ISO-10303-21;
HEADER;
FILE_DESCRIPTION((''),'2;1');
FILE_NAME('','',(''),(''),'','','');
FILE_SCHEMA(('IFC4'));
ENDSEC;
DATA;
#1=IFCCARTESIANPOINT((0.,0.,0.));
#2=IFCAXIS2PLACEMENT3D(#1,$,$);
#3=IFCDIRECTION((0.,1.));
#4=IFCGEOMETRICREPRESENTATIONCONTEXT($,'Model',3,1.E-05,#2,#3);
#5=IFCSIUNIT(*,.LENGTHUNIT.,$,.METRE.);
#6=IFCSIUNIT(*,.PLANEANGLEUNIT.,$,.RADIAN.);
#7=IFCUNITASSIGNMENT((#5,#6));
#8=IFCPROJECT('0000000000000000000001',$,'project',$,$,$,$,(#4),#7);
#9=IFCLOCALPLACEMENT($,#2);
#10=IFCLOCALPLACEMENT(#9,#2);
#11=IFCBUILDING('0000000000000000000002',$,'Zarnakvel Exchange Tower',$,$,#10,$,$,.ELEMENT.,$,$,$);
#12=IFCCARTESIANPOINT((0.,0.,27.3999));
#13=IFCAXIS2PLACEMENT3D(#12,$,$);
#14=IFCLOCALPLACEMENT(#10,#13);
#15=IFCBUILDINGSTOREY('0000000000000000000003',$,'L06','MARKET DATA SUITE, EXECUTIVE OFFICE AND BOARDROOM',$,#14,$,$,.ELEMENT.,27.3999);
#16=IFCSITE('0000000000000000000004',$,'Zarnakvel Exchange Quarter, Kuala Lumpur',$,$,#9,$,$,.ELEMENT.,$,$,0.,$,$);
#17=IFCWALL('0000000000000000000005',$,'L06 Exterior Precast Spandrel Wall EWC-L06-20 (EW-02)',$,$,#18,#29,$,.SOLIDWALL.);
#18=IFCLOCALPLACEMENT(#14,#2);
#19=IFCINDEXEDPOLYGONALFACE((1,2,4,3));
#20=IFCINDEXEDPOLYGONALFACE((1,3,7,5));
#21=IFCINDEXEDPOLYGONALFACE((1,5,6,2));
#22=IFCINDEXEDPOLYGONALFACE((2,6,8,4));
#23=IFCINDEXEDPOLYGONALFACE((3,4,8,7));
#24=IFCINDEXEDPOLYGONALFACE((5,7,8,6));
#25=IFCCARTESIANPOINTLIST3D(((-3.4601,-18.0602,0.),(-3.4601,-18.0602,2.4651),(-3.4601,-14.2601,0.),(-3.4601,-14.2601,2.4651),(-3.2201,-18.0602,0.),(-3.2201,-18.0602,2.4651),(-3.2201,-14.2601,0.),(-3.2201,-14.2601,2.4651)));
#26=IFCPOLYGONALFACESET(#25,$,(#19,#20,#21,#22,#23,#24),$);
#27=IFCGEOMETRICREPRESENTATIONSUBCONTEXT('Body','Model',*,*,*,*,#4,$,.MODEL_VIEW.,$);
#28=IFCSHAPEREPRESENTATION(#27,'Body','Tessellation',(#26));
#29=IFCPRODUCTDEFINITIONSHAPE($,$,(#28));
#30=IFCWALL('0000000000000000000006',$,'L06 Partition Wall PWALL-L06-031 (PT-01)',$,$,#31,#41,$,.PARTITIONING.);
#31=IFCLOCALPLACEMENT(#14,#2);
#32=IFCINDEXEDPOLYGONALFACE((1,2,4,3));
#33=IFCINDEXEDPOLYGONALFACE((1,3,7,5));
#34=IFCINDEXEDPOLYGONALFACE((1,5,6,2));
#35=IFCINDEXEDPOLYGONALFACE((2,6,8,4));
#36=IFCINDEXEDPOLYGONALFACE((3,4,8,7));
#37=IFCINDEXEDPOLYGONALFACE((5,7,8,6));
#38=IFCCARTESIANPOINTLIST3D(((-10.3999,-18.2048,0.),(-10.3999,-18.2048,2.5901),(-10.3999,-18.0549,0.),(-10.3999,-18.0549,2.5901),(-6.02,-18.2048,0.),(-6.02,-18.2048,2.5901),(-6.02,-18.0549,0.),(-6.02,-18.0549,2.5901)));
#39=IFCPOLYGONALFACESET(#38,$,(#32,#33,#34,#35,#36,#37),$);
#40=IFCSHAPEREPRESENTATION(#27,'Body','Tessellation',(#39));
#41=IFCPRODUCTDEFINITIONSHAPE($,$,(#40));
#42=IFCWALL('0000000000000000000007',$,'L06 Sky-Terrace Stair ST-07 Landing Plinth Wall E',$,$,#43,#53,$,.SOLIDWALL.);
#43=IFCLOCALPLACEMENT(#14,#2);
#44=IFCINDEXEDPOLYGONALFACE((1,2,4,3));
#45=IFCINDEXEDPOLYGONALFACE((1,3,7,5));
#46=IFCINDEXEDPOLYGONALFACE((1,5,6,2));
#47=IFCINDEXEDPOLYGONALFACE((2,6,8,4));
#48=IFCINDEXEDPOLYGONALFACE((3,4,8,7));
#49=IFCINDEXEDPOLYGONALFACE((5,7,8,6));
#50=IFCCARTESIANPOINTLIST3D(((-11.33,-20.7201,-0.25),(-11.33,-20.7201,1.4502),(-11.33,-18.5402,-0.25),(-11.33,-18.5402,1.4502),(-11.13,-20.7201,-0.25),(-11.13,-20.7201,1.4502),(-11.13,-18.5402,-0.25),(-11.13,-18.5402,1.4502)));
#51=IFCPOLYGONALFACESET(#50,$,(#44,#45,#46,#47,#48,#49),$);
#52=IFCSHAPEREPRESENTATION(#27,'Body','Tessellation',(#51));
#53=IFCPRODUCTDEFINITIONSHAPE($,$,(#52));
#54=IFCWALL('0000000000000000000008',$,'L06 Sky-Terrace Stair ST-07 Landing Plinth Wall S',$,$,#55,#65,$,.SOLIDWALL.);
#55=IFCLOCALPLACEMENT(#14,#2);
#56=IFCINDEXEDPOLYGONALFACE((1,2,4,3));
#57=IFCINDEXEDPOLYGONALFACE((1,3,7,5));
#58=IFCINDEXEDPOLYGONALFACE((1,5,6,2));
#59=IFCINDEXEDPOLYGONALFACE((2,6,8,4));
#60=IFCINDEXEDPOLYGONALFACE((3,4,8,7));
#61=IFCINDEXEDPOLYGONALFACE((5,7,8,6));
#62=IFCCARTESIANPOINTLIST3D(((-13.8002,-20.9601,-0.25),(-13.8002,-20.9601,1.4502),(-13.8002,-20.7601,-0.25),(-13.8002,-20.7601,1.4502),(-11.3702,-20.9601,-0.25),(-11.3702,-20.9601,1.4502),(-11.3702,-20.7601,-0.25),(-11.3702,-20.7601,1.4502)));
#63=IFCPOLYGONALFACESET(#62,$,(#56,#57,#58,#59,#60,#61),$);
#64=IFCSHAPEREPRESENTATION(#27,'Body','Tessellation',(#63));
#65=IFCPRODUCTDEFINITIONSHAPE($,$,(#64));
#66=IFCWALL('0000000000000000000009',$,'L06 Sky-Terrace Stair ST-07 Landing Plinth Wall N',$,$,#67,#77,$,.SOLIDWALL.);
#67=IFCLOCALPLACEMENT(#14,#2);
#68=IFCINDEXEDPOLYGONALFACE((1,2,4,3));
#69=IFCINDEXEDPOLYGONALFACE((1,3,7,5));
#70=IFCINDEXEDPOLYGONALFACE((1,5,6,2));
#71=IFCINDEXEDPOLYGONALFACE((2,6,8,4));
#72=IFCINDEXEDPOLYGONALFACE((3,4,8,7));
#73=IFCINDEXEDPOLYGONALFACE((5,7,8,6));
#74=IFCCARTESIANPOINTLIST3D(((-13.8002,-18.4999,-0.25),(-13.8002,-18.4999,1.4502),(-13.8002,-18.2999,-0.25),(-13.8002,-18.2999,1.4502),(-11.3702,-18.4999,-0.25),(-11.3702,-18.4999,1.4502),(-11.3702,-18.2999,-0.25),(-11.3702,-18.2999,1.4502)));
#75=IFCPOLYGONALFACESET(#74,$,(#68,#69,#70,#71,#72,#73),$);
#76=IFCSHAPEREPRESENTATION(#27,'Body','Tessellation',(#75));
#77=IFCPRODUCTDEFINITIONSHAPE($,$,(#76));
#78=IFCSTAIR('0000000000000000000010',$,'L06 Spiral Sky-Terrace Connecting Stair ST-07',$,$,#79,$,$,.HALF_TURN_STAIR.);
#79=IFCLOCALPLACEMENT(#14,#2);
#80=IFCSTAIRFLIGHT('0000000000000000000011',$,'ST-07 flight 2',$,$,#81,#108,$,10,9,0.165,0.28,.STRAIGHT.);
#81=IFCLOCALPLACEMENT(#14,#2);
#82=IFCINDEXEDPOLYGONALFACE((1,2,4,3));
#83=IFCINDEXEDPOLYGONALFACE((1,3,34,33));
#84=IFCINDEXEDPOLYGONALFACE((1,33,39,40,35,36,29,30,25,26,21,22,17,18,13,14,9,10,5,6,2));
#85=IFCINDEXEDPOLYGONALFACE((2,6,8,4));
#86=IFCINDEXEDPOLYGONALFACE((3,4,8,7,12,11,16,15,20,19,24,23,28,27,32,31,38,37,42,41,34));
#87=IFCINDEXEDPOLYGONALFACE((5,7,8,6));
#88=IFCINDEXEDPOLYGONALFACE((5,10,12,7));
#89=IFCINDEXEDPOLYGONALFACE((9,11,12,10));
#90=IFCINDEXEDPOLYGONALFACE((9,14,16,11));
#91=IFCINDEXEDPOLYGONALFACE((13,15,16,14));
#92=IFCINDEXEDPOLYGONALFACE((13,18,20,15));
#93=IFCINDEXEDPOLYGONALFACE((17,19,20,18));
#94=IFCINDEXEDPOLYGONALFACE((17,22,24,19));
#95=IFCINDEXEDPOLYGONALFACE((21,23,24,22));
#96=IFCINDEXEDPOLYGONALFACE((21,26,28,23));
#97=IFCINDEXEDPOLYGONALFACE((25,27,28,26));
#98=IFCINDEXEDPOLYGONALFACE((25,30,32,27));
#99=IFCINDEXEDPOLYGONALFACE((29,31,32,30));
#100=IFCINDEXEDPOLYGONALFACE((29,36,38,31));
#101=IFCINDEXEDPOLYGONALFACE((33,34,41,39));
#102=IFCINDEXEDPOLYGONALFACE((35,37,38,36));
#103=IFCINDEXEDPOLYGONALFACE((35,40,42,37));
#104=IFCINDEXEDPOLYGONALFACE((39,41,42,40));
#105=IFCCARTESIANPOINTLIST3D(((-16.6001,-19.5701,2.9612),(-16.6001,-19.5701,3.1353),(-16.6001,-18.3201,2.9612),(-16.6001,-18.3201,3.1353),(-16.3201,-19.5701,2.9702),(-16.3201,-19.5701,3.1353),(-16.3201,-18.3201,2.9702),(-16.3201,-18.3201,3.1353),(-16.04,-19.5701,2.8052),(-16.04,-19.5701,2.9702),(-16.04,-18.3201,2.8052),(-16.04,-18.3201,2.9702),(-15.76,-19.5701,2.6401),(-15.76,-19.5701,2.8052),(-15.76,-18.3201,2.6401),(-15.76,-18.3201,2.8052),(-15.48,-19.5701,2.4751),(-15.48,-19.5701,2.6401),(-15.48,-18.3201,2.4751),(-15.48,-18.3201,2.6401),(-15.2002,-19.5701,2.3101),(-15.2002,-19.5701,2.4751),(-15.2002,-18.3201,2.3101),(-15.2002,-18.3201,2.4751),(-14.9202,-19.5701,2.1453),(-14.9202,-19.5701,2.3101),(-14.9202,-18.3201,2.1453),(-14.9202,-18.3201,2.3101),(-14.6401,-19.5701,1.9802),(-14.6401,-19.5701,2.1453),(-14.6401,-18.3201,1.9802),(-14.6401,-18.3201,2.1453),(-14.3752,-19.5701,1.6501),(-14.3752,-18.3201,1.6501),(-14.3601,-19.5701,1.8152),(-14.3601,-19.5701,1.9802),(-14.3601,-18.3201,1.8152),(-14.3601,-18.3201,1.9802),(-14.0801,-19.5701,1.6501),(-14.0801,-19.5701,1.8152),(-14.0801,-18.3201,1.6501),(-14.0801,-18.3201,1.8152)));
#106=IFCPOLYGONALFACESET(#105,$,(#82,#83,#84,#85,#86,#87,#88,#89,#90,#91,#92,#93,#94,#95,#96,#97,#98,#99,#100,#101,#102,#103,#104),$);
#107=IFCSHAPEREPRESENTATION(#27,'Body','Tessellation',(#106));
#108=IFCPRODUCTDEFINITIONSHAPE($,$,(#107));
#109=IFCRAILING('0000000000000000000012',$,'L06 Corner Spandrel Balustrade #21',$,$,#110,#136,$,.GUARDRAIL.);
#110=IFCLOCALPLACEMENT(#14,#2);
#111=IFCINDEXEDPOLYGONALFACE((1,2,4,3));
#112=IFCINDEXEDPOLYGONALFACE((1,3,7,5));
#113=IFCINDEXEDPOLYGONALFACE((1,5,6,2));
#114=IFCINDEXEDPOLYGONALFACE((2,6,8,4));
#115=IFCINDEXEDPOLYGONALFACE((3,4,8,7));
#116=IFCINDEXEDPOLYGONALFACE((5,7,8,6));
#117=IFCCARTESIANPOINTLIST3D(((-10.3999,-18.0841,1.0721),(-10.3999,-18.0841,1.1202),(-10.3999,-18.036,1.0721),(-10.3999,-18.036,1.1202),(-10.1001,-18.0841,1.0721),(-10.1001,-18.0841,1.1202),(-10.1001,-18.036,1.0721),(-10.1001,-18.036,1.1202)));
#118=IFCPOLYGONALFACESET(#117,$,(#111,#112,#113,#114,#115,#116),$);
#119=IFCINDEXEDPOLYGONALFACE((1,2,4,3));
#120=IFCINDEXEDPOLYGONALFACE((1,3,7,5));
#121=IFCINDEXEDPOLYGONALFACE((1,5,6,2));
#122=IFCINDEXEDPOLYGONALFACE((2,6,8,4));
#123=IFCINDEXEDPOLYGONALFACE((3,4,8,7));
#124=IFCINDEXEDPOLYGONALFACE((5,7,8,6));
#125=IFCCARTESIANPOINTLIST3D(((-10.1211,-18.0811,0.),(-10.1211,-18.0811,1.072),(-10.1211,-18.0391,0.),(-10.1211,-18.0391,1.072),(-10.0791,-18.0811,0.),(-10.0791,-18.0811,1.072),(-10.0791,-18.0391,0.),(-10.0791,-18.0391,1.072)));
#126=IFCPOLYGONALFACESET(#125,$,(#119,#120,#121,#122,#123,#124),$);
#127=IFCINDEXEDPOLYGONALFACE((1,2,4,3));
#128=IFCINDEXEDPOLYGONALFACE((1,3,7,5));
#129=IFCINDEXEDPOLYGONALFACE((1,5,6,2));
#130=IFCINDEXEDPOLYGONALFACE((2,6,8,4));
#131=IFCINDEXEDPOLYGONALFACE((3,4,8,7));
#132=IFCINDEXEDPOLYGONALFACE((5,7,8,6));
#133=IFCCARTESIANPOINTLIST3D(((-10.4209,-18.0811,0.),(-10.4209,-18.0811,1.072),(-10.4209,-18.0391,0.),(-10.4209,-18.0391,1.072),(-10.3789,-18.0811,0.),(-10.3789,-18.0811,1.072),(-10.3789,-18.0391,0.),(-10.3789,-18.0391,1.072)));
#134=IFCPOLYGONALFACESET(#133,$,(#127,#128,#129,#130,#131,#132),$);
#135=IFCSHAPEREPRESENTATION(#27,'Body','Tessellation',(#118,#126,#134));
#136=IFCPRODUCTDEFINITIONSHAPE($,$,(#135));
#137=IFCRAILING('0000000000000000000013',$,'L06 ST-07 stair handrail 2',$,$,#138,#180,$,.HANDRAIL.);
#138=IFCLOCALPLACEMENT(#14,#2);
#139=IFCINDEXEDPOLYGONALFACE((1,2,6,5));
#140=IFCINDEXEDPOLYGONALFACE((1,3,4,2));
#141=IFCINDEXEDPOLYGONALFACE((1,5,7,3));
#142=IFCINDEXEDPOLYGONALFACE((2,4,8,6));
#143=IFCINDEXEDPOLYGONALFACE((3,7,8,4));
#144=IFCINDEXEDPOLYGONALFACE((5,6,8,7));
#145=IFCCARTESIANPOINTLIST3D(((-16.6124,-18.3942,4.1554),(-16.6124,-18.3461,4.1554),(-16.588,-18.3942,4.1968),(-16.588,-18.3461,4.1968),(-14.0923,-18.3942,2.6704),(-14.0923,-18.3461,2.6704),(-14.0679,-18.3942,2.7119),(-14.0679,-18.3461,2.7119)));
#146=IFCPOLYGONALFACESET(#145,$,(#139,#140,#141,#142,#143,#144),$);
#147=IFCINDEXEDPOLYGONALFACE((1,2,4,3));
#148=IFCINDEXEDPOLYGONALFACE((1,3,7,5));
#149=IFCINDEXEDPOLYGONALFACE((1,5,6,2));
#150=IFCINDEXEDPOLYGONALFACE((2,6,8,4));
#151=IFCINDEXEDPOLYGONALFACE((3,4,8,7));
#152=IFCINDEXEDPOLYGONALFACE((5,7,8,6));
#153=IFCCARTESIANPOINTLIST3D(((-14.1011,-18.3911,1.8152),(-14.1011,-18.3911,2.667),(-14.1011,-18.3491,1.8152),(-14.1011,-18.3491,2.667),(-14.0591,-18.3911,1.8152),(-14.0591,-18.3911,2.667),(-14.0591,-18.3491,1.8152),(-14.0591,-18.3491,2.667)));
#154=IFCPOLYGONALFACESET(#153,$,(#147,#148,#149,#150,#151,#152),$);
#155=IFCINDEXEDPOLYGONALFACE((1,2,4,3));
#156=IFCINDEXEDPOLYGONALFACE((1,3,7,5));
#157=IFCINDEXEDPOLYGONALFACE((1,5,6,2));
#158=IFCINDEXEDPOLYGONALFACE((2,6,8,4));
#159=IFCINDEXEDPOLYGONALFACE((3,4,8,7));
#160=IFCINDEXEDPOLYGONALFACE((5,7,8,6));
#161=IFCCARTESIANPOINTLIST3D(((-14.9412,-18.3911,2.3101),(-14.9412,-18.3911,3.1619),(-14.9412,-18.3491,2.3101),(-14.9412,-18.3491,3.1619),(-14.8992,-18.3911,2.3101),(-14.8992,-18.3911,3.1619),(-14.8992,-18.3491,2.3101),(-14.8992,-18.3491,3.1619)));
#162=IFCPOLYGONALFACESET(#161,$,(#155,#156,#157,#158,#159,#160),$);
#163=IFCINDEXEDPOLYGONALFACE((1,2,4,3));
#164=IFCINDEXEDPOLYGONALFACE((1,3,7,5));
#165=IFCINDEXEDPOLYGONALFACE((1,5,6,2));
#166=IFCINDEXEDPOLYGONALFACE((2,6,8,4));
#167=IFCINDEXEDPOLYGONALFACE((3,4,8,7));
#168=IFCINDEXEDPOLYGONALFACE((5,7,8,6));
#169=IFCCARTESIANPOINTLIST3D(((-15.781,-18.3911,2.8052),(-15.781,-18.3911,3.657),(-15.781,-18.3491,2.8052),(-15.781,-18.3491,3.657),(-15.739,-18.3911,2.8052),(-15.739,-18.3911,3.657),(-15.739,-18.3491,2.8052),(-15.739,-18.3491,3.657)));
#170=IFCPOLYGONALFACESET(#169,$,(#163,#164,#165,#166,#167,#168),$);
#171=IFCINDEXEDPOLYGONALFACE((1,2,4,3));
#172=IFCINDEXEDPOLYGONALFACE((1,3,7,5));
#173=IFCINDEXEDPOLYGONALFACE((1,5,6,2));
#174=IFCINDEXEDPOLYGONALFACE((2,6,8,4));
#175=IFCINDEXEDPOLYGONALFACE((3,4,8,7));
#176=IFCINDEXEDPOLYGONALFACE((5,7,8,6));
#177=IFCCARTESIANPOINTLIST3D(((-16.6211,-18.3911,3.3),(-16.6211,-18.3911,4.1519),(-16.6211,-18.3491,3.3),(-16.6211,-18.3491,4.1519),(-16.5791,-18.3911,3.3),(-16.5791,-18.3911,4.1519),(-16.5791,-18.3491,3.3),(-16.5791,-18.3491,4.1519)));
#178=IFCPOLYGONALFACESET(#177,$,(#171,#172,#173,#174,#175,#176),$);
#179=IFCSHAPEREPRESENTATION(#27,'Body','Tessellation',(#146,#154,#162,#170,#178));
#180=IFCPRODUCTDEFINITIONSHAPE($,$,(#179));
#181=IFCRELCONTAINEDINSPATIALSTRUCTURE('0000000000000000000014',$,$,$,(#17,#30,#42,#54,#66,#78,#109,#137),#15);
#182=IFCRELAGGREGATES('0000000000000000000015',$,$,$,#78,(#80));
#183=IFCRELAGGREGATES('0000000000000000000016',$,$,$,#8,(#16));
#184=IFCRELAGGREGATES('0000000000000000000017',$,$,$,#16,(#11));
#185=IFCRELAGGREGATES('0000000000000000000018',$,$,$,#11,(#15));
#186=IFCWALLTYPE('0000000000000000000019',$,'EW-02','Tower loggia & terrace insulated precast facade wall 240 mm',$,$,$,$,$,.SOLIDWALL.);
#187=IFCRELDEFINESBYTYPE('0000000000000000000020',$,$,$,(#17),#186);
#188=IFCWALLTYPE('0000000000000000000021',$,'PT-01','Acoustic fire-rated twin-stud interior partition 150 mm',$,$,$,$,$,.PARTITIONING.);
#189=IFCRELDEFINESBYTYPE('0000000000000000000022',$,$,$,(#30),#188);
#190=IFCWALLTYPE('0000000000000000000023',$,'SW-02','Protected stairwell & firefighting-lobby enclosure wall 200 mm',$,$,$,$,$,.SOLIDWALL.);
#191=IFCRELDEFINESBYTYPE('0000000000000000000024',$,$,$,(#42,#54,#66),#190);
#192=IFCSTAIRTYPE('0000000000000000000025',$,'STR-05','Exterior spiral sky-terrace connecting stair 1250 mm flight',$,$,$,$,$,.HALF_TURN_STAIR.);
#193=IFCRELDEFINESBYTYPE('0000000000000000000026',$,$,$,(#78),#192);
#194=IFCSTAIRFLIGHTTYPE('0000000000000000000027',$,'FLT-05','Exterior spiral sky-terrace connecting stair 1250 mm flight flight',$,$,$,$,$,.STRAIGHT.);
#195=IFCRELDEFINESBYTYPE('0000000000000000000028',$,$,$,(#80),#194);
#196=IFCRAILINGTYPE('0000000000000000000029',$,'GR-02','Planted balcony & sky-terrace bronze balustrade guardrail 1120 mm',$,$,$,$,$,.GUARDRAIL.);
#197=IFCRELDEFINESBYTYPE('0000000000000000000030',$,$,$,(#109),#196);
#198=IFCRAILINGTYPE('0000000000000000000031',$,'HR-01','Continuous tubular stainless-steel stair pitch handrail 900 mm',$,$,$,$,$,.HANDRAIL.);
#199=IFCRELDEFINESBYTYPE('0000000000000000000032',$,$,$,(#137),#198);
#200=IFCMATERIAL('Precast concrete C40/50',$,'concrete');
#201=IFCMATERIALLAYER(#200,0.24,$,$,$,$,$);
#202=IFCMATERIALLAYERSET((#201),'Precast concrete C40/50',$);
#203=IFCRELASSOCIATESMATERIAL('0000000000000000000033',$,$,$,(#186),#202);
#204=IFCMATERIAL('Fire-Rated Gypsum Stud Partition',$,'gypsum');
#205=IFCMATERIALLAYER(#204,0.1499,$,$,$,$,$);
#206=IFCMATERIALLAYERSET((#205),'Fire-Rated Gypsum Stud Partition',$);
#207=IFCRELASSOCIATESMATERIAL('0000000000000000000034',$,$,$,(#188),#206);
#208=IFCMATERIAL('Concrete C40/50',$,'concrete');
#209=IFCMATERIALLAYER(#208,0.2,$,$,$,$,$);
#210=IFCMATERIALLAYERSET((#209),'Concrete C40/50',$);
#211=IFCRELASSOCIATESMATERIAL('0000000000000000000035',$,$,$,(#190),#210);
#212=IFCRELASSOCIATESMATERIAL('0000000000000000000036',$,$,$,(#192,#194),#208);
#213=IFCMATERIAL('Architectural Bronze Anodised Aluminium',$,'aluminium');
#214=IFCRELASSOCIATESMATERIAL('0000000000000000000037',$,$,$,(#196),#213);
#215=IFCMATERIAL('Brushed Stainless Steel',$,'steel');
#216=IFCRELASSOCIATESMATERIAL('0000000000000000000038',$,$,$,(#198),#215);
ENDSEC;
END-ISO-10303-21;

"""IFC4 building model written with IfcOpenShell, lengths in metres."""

from ifc_helpers import new_model, si_unit, direction, frame, frame_2d, origin, origin_2d, place, context, subcontext, project, spatial, polyline, rectangle, outline, extrude, material, layer, layer_set, type_object, element, aggregate, save


model = new_model("IFC4")

# Units and contexts
model_context = context("Model", 3, precision=1e-05, world=origin(), true_north=direction((0.0, 1.0)))
body_context = subcontext(model_context, "Body", "Model", "MODEL_VIEW")
ifc_project = project(units=[si_unit("LENGTHUNIT", "METRE"), si_unit("PLANEANGLEUNIT", "RADIAN")], contexts=[model_context])

# Site, building, storey
site_placement = place(None, origin())
site = spatial("IfcSite", under=ifc_project, at=site_placement, Name="Zarnakvel Exchange Quarter, Kuala Lumpur", CompositionType="ELEMENT", RefElevation=0.0)
building_placement = place(site_placement, origin())
building = spatial("IfcBuilding", under=site, at=building_placement, Name="Zarnakvel Exchange Tower", CompositionType="ELEMENT")
storey_placement = place(building_placement, frame((0.0, 0.0, 27.3999)))
storey = spatial("IfcBuildingStorey", under=building, at=storey_placement, Name="L06", Description="MARKET DATA SUITE, EXECUTIVE OFFICE AND BOARDROOM", CompositionType="ELEMENT", Elevation=27.3999)

# Shared definitions
ifc_material_1 = material(Name="Architectural Bronze Anodised Aluminium", Category="aluminium")

# Shared definitions
ifc_material_2 = material(Name="Precast concrete C40/50", Category="concrete")
ifc_layer_1 = layer(ifc_material_2, 0.24)
ifc_layer_set_1 = layer_set([ifc_layer_1], Name="Precast concrete C40/50")
wall_type_1 = type_object("IfcWallType", Name="EW-02", Description="Tower loggia & terrace insulated precast facade wall 240 mm", PredefinedType="SOLIDWALL", material=ifc_layer_set_1)

# Walls
wall_1_placement = place(storey_placement, frame((-3.3401, -18.0601, 0.0), z_axis=(0.0, 0.0, 1.0), x_axis=(0.0, 1.0, 0.0)))
element("IfcWall", 1, at=wall_1_placement, inside=storey, type_object=wall_type_1, Name="L06 Exterior Precast Spandrel Wall EWC-L06-20 (EW-02)", PredefinedType="SOLIDWALL", context=body_context, shape_type="SweptSolid", body=[
    extrude(rectangle(XDim=3.8, YDim=0.24, at=frame_2d((1.8999, 0.0))), origin(), (0.0, 0.0, 1.0), 2.4651),
])
ifc_material_3 = material(Name="Fire-Rated Gypsum Stud Partition", Category="gypsum")
ifc_layer_2 = layer(ifc_material_3, 0.1499)
ifc_layer_set_2 = layer_set([ifc_layer_2], Name="Fire-Rated Gypsum Stud Partition")
wall_type_2 = type_object("IfcWallType", Name="PT-01", Description="Acoustic fire-rated twin-stud interior partition 150 mm", PredefinedType="PARTITIONING", material=ifc_layer_set_2)
wall_2_placement = place(storey_placement, frame((-6.02, -18.1299, 0.0), z_axis=(0.0, 0.0, 1.0), x_axis=(-1.0, 0.0, 0.0)))
element("IfcWall", 2, at=wall_2_placement, inside=storey, type_object=wall_type_2, Name="L06 Partition Wall PWALL-L06-031 (PT-01)", PredefinedType="PARTITIONING", context=body_context, shape_type="SweptSolid", body=[
    extrude(rectangle(XDim=4.3799, YDim=0.1499, at=frame_2d((2.1899, 0.0))), origin(), (0.0, 0.0, 1.0), 2.5901),
])
ifc_material_4 = material(Name="Concrete C40/50", Category="concrete")
ifc_layer_3 = layer(ifc_material_4, 0.2)
ifc_layer_set_3 = layer_set([ifc_layer_3], Name="Concrete C40/50")
wall_type_3 = type_object("IfcWallType", Name="SW-02", Description="Protected stairwell & firefighting-lobby enclosure wall 200 mm", PredefinedType="SOLIDWALL", material=ifc_layer_set_3)
wall_3_placement = place(storey_placement, frame((-11.23, -20.72, -0.25), z_axis=(0.0, 0.0, 1.0), x_axis=(0.0, 1.0, 0.0)))
element("IfcWall", 3, at=wall_3_placement, inside=storey, type_object=wall_type_3, Name="L06 Sky-Terrace Stair ST-07 Landing Plinth Wall E", PredefinedType="SOLIDWALL", context=body_context, shape_type="SweptSolid", body=[
    extrude(rectangle(XDim=2.1799, YDim=0.2, at=frame_2d((1.0898, 0.0))), origin(), (0.0, 0.0, 1.0), 1.7002),
])
for number, where, z_axis, x_axis, name in (
    (4, (-13.8, -20.8601, -0.25), (0.0, 0.0, 1.0), (1.0, 0.0, 0.0), "L06 Sky-Terrace Stair ST-07 Landing Plinth Wall S"),
    (5, (-13.8, -18.3999, -0.25), (0.0, 0.0, 1.0), (1.0, 0.0, 0.0), "L06 Sky-Terrace Stair ST-07 Landing Plinth Wall N"),
):
    element("IfcWall", number, at=place(storey_placement, frame(where, z_axis=z_axis, x_axis=x_axis)), inside=storey, type_object=wall_type_3, Name=name, PredefinedType="SOLIDWALL", context=body_context, shape_type="SweptSolid", body=[
        extrude(rectangle(XDim=2.4299, YDim=0.2, at=frame_2d((1.2148, 0.0))), origin(), (0.0, 0.0, 1.0), 1.7002),
    ])

# Stair, stair flight
stair_type = type_object("IfcStairType", Name="STR-05", Description="Exterior spiral sky-terrace connecting stair 1250 mm flight", PredefinedType="HALF_TURN_STAIR", material=ifc_material_4)
stair_placement = place(storey_placement, origin())
stair = element("IfcStair", 6, at=stair_placement, inside=storey, type_object=stair_type, Name="L06 Spiral Sky-Terrace Connecting Stair ST-07", PredefinedType="HALF_TURN_STAIR")
stair_flight_type = type_object("IfcStairFlightType", Name="FLT-05", Description="Exterior spiral sky-terrace connecting stair 1250 mm flight flight", PredefinedType="STRAIGHT", material=ifc_material_4)
stair_flight_placement = place(storey_placement, frame((-14.0801, -18.9451, 1.6501), z_axis=(0.0, 0.0, 1.0), x_axis=(-1.0, 0.0, 0.0)))
stair_flight = element("IfcStairFlight", 7, at=stair_flight_placement, type_object=stair_flight_type, Name="ST-07 flight 2", NumberOfRisers=10, NumberOfTreads=9, PredefinedType="STRAIGHT", RiserHeight=0.165, TreadLength=0.28, context=body_context, shape_type="SweptSolid", body=[
    extrude(outline(polyline([(0.0, 0.0), (0.0, 0.165), (0.28, 0.165), (0.28, 0.3301), (0.5601, 0.3301), (0.5601, 0.4951), (0.8401, 0.4951), (0.8401, 0.6599), (1.1201, 0.6599), (1.1201, 0.825), (1.3999, 0.825), (1.3999, 0.99), (1.6799, 0.99), (1.6799, 1.155), (1.96, 1.155), (1.96, 1.3201), (2.24, 1.3201), (2.24, 1.4851), (2.52, 1.4851), (2.52, 1.6499), (2.52, 1.311), (0.2952, 0.0), (0.0, 0.0)])), frame((0.0, 0.625, 0.0), z_axis=(0.0, -1.0, 0.0), x_axis=(1.0, 0.0, 0.0)), (0.0, 0.0, 1.0), 1.25),
])
aggregate(stair, [stair_flight])

# Railings
railing_type_1 = type_object("IfcRailingType", Name="GR-02", Description="Planted balcony & sky-terrace bronze balustrade guardrail 1120 mm", PredefinedType="GUARDRAIL", material=ifc_material_1)
railing_1_placement = place(storey_placement, frame((-10.1001, -18.0601, 0.0)))
element("IfcRailing", 8, at=railing_1_placement, inside=storey, type_object=railing_type_1, Name="L06 Corner Spandrel Balustrade #21", PredefinedType="GUARDRAIL", context=body_context, shape_type="SweptSolid", body=[
    extrude(rectangle(XDim=0.0481, YDim=0.0481, at=origin_2d()), frame((0.0, 0.0, 1.0962), z_axis=(-1.0, 0.0, 0.0), x_axis=(0.0, -1.0, 0.0)), (0.0, 0.0, 1.0), 0.2998),
    extrude(rectangle(XDim=0.042, YDim=0.042, at=origin_2d()), origin(), (0.0, 0.0, 1.0), 1.072),
    extrude(rectangle(XDim=0.042, YDim=0.042, at=origin_2d()), frame((-0.2998, 0.0, 0.0)), (0.0, 0.0, 1.0), 1.072),
])
ifc_material_5 = material(Name="Brushed Stainless Steel", Category="steel")
railing_type_2 = type_object("IfcRailingType", Name="HR-01", Description="Continuous tubular stainless-steel stair pitch handrail 900 mm", PredefinedType="HANDRAIL", material=ifc_material_5)
railing_2_placement = place(storey_placement, frame((-14.0801, -18.3701, 1.8152)))
element("IfcRailing", 9, at=railing_2_placement, inside=storey, type_object=railing_type_2, Name="L06 ST-07 stair handrail 2", PredefinedType="HANDRAIL", context=body_context, shape_type="SweptSolid", body=[
    extrude(rectangle(XDim=0.0481, YDim=0.0481, at=origin_2d()), frame((0.0, 0.0, 0.876), z_axis=(-0.861561, 0.0, 0.507655), x_axis=(0.0, -1.0, 0.0)), (0.0, 0.0, 1.0), 2.925),
    extrude(rectangle(XDim=0.042, YDim=0.042, at=origin_2d()), origin(), (0.0, 0.0, 1.0), 0.8518),
    extrude(rectangle(XDim=0.042, YDim=0.042, at=origin_2d()), frame((-0.8401, 0.0, 0.4949)), (0.0, 0.0, 1.0), 0.8518),
    extrude(rectangle(XDim=0.042, YDim=0.042, at=origin_2d()), frame((-1.6799, 0.0, 0.99)), (0.0, 0.0, 1.0), 0.8518),
    extrude(rectangle(XDim=0.042, YDim=0.042, at=origin_2d()), frame((-2.52, 0.0, 1.4849)), (0.0, 0.0, 1.0), 0.8518),
])

save(model, "model.ifc")
